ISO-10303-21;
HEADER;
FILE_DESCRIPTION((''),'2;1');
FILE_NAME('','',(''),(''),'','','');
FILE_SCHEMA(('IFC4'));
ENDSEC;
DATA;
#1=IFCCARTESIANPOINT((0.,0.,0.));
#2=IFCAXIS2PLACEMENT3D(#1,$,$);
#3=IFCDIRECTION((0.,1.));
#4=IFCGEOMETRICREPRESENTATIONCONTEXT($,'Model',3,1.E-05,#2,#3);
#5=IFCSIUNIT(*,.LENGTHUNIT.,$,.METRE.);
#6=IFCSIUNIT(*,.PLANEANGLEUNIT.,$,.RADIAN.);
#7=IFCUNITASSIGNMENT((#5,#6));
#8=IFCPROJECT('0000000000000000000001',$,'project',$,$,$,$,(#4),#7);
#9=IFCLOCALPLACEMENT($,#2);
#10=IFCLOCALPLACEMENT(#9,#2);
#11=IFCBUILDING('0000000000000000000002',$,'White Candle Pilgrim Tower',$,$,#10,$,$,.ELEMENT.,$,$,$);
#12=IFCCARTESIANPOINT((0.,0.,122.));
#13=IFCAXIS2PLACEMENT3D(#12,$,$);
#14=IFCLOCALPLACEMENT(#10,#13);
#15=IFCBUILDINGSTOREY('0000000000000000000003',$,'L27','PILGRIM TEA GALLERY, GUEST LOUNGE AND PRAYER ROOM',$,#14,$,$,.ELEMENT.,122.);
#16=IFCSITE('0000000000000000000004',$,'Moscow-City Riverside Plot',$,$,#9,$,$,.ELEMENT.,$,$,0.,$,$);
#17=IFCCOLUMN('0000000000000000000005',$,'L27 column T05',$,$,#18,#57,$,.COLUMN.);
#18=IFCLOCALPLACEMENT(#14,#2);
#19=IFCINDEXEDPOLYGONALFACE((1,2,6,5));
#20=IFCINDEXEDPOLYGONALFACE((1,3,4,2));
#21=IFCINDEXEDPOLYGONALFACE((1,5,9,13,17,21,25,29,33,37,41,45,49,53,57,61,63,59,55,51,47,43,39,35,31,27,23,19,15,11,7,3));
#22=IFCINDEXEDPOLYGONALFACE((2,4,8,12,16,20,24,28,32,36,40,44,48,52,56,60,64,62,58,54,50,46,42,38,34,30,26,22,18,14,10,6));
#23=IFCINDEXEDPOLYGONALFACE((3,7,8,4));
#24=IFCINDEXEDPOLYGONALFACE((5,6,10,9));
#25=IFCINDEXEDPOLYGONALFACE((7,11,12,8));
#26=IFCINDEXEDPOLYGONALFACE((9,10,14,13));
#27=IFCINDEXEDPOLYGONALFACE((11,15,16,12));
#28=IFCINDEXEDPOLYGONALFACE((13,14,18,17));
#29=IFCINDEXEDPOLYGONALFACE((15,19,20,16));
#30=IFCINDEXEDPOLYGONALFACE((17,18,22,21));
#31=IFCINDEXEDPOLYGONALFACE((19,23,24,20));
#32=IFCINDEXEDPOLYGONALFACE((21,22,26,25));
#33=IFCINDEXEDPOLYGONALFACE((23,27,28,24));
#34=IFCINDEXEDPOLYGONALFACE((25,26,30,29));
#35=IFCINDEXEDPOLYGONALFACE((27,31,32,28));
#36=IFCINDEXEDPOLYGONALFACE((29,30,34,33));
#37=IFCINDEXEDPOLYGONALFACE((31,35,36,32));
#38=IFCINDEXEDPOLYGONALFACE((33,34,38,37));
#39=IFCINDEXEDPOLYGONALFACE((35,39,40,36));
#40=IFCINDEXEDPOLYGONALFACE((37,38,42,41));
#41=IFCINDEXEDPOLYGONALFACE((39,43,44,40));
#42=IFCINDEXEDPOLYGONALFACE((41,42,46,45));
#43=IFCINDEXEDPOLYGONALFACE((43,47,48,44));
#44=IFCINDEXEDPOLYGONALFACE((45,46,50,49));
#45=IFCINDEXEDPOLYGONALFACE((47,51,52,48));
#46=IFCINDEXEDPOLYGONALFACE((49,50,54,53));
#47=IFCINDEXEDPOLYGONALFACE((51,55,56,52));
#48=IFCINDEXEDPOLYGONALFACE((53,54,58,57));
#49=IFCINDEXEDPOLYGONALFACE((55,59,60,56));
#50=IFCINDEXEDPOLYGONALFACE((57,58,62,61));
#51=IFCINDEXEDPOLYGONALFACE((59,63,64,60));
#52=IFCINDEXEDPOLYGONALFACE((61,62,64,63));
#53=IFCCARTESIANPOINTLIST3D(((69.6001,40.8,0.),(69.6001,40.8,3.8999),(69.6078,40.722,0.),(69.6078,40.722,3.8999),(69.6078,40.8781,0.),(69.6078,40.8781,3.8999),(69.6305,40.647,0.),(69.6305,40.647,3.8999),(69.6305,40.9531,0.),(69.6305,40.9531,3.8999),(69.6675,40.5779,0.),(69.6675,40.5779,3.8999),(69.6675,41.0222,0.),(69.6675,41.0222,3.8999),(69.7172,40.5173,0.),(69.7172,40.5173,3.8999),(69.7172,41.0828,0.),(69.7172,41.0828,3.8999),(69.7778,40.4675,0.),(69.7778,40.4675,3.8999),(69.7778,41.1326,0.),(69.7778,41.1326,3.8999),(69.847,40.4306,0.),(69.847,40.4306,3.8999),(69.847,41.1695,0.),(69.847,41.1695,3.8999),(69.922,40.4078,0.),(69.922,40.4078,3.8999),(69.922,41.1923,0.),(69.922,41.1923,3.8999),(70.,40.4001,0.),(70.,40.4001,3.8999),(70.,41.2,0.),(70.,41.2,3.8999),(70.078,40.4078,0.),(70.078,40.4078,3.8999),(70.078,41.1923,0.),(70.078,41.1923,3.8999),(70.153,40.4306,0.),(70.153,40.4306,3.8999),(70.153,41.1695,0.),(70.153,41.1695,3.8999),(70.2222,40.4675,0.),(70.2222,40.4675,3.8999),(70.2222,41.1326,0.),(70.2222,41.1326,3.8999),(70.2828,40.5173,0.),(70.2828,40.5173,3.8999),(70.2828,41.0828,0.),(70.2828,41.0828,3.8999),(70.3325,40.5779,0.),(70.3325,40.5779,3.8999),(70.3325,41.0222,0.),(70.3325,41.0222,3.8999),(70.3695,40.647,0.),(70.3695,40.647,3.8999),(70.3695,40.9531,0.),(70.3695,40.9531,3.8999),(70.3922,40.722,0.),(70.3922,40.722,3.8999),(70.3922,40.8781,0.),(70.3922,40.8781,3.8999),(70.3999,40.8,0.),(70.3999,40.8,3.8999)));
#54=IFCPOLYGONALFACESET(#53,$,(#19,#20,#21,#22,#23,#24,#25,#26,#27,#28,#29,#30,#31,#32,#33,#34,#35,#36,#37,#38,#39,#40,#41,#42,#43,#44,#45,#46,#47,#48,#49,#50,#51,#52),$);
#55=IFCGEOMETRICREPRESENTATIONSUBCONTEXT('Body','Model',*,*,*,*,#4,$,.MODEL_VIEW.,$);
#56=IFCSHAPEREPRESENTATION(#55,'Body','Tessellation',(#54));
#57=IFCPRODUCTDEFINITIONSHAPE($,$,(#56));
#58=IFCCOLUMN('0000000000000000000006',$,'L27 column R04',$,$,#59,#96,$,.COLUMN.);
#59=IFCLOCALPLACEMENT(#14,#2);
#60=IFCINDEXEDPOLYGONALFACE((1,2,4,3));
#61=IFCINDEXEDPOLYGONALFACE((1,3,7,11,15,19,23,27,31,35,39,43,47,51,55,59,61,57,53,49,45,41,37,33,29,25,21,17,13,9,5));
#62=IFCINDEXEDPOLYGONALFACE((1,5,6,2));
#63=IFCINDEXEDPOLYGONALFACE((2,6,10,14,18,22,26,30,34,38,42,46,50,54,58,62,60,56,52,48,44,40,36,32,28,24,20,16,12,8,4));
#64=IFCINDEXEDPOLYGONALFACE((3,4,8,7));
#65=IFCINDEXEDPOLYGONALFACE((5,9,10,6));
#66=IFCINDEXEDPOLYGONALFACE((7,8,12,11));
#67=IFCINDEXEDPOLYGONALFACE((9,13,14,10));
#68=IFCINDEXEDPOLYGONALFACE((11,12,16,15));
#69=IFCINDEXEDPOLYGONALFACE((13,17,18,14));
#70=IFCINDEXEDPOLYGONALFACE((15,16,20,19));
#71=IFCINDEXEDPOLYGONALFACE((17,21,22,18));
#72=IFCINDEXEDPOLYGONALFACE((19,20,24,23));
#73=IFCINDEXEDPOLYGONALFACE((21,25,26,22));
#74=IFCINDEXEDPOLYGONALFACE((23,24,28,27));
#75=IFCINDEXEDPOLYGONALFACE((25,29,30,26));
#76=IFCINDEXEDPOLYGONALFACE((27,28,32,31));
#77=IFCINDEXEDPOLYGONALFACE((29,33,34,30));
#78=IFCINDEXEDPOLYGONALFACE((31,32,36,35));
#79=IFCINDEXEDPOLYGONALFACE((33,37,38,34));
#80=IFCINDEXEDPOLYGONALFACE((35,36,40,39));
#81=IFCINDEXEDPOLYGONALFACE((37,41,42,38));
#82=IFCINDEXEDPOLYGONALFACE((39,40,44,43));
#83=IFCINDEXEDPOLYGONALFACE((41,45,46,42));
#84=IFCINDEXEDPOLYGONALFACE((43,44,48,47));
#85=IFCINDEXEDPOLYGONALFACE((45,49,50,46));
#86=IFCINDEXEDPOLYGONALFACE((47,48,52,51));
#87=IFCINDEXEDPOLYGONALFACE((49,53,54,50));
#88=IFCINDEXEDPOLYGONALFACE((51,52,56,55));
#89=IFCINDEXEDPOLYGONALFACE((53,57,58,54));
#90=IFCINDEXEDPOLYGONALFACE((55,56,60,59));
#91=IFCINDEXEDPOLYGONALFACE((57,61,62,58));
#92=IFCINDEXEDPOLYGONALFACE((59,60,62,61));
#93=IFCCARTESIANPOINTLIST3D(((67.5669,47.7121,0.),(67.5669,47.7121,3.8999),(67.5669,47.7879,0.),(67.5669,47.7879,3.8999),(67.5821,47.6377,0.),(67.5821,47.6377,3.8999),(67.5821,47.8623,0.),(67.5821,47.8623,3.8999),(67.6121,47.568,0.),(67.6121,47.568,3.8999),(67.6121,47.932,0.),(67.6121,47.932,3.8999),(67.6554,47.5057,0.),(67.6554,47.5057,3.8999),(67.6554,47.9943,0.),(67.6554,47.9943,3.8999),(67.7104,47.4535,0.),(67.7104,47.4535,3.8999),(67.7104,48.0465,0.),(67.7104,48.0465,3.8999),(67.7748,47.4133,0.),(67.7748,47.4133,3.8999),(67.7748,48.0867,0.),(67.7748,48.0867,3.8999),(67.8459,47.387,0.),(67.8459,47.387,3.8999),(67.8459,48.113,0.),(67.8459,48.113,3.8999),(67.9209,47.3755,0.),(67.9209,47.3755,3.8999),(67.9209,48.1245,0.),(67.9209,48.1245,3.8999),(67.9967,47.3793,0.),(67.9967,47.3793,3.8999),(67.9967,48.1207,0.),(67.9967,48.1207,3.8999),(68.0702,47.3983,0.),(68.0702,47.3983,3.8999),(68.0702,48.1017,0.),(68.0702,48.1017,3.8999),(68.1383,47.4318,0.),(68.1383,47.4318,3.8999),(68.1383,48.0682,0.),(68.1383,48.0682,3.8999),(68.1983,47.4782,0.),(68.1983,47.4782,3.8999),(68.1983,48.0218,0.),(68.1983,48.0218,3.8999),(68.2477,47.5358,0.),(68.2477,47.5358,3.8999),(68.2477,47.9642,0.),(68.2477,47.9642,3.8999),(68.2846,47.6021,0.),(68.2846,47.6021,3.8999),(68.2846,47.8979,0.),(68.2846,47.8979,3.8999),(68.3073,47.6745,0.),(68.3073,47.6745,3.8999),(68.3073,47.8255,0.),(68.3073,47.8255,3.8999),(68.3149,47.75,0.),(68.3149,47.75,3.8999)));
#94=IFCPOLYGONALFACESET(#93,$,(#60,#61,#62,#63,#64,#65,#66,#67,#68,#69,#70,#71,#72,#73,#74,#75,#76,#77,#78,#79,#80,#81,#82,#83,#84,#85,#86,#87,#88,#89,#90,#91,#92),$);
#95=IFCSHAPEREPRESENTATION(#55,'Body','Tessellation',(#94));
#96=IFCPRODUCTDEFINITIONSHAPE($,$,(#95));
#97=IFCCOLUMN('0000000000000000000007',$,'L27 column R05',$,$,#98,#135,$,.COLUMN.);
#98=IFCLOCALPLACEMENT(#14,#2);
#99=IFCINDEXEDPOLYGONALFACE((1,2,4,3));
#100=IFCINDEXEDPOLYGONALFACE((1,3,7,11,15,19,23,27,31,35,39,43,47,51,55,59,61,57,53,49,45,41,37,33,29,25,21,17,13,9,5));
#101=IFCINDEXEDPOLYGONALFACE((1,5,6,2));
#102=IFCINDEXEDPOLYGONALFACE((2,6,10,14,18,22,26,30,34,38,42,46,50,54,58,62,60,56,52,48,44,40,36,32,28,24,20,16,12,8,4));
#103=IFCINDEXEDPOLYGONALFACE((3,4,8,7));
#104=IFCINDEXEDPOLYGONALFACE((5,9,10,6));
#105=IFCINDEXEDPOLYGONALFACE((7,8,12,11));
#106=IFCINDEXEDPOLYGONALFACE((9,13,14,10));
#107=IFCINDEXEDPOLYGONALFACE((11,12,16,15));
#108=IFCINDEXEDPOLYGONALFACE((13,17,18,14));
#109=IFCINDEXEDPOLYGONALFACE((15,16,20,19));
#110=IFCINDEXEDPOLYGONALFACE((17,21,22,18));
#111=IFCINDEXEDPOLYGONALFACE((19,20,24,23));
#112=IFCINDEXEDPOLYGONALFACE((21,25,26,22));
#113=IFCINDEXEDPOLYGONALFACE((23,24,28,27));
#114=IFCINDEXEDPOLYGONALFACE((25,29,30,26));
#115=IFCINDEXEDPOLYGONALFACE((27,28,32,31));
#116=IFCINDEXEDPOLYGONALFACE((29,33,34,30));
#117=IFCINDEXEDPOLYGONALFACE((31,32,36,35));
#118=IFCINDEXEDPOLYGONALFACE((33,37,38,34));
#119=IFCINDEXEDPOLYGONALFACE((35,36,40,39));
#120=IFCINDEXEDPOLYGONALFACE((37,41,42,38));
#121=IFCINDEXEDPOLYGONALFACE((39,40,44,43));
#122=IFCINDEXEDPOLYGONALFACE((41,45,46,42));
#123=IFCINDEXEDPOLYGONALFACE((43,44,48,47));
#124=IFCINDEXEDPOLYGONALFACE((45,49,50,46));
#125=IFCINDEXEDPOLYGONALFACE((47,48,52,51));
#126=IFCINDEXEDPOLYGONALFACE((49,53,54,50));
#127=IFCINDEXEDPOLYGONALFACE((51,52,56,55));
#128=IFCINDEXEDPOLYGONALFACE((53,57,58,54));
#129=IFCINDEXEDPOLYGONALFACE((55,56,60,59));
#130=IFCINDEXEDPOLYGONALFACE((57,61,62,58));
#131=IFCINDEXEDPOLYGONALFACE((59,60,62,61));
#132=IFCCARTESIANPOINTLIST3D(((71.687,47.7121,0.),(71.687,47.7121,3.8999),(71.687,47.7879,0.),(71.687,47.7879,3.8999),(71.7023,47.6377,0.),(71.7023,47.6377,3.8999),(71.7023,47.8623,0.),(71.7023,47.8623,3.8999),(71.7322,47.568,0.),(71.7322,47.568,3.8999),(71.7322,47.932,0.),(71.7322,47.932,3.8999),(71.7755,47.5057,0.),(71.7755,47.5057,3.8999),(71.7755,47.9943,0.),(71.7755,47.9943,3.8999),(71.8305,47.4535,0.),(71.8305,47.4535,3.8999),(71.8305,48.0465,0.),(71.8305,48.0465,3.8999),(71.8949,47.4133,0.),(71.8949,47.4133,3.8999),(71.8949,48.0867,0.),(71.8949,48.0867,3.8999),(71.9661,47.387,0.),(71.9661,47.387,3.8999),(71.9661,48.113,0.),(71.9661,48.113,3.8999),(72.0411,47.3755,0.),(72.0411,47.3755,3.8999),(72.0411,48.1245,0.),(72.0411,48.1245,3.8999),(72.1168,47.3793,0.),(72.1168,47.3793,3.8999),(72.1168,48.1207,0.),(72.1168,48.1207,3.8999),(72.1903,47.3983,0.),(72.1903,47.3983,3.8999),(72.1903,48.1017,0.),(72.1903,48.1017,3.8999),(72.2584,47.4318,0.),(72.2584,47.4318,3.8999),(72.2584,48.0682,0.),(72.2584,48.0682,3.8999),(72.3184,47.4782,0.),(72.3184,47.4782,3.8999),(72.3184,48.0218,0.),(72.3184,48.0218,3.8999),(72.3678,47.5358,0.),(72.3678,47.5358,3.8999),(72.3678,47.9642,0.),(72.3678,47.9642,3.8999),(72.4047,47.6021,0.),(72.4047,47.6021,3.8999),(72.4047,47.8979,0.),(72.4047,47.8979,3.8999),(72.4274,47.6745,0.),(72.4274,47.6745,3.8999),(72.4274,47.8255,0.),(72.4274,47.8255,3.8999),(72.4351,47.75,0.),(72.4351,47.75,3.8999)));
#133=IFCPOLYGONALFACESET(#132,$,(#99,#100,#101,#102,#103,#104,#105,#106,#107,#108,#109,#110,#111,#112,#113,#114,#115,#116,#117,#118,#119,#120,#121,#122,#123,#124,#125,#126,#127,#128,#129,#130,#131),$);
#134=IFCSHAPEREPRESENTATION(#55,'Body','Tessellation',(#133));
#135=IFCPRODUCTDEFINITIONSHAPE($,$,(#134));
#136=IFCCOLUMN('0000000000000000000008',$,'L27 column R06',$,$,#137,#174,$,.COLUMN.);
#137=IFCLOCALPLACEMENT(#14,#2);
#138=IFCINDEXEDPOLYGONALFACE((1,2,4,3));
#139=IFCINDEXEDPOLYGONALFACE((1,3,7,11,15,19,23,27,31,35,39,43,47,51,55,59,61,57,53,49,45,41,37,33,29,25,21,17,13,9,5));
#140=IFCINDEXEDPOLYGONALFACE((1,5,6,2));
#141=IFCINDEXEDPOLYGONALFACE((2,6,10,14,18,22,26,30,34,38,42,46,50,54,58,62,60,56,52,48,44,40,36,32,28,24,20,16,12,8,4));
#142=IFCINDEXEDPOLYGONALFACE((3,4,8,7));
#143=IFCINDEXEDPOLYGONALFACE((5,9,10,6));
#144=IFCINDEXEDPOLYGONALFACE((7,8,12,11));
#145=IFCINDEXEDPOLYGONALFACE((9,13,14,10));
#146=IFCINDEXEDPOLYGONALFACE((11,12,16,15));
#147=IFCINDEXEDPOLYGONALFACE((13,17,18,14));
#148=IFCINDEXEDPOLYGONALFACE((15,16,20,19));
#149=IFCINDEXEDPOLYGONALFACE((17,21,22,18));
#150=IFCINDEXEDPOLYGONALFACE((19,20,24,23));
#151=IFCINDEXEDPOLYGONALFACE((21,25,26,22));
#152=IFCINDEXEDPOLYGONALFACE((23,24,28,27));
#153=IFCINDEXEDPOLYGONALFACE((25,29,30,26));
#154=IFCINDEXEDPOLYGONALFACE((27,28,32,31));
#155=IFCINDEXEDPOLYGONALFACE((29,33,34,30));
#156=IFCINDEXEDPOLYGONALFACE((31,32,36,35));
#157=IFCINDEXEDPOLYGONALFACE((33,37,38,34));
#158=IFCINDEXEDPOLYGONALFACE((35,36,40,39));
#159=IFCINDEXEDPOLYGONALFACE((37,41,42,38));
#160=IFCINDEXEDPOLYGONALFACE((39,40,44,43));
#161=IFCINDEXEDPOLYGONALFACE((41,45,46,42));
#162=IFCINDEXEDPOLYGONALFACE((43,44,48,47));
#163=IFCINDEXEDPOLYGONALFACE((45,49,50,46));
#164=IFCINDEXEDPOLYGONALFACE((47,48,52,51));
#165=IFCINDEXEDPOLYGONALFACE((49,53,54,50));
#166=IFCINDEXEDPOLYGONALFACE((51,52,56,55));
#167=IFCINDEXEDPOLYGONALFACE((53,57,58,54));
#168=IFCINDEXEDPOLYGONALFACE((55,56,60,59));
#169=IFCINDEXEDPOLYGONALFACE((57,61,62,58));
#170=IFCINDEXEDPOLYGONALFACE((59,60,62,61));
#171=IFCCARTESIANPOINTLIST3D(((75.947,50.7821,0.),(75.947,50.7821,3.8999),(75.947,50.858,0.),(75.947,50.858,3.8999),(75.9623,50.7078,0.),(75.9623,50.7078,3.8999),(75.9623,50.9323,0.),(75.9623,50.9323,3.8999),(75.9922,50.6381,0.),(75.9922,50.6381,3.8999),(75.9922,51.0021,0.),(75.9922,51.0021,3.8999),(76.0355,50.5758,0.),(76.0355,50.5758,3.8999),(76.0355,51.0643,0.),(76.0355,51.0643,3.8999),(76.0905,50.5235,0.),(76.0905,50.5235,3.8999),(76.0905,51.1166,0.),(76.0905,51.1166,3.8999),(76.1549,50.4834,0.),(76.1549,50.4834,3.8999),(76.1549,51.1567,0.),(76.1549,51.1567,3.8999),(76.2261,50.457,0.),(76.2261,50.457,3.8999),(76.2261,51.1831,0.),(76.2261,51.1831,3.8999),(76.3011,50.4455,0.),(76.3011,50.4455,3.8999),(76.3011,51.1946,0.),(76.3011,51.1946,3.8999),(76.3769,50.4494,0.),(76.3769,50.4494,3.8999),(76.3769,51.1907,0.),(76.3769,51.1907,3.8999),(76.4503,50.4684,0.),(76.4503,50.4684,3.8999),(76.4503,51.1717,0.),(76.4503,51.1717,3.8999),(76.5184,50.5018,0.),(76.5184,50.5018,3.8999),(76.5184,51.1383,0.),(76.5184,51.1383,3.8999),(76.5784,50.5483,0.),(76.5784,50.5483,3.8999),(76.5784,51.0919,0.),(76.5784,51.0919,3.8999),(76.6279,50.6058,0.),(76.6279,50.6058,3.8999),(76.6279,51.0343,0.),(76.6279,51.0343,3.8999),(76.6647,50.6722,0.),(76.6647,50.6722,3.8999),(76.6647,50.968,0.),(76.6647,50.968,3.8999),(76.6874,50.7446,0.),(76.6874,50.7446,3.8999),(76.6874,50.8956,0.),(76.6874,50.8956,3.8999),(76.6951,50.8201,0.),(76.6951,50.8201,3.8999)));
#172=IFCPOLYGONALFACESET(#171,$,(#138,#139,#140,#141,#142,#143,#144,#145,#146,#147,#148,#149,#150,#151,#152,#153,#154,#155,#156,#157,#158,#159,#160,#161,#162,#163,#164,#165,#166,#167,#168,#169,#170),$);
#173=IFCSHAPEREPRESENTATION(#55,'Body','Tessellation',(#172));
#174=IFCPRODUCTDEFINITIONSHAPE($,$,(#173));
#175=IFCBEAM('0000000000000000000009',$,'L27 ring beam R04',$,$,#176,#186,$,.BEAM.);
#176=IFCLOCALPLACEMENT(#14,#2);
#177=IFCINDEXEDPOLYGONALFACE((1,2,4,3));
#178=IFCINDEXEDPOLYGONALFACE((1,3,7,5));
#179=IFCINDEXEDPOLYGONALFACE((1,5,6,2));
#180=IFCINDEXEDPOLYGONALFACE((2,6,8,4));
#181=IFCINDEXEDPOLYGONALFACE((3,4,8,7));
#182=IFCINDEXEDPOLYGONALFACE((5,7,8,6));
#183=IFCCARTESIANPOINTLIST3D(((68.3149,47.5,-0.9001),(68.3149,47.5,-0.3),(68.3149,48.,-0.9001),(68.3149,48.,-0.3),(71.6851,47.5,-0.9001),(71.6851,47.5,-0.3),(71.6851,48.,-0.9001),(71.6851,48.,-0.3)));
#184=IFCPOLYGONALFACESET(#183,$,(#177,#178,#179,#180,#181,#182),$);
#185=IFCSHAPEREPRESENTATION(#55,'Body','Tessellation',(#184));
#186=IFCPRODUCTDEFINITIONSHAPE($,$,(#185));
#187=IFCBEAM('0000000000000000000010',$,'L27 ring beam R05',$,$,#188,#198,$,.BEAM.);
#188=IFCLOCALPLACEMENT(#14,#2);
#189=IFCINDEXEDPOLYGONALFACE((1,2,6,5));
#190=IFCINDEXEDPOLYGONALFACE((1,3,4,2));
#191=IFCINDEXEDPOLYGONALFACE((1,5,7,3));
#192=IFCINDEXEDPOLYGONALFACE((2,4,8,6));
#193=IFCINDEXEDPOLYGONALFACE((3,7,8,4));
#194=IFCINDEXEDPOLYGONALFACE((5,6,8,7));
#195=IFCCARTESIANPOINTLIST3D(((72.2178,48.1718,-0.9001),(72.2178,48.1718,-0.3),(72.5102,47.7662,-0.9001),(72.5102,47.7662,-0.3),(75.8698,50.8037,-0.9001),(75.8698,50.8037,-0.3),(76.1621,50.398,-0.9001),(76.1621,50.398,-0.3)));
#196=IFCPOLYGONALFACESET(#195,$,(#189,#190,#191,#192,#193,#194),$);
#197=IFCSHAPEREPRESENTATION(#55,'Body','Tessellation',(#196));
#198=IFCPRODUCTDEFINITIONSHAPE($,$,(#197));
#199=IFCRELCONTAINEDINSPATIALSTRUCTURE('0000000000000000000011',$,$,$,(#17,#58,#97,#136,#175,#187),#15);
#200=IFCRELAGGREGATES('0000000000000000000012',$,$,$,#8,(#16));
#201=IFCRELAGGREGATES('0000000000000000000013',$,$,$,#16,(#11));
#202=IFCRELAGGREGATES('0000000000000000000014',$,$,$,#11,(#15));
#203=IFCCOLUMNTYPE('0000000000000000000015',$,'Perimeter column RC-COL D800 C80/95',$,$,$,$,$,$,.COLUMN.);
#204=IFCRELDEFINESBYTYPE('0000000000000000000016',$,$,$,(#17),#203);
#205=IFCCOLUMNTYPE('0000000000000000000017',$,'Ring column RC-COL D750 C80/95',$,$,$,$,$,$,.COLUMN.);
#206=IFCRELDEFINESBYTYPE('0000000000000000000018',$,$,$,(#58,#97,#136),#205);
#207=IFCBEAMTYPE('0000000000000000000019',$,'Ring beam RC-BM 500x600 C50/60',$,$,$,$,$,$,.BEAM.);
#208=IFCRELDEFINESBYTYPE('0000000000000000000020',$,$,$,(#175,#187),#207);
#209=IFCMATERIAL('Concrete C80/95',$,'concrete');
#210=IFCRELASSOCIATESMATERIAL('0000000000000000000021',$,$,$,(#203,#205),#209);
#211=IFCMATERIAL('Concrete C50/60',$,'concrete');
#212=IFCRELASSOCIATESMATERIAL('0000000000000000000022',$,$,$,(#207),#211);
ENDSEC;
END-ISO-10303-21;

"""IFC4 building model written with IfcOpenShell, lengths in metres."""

from ifc_helpers import new_model, si_unit, direction, frame, origin, origin_2d, place, context, subcontext, project, spatial, rectangle, circle, extrude, material, material_profile, profile_set, type_object, element, save


model = new_model("IFC4")

# Units and contexts
model_context = context("Model", 3, precision=1e-05, world=origin(), true_north=direction((0.0, 1.0)))
body_context = subcontext(model_context, "Body", "Model", "MODEL_VIEW")
ifc_project = project(units=[si_unit("LENGTHUNIT", "METRE"), si_unit("PLANEANGLEUNIT", "RADIAN")], contexts=[model_context])

# Site, building, storey
site_placement = place(None, origin())
site = spatial("IfcSite", under=ifc_project, at=site_placement, Name="Moscow-City Riverside Plot", CompositionType="ELEMENT", RefElevation=0.0)
building_placement = place(site_placement, origin())
building = spatial("IfcBuilding", under=site, at=building_placement, Name="White Candle Pilgrim Tower", CompositionType="ELEMENT")
storey_placement = place(building_placement, frame((0.0, 0.0, 122.0)))
storey = spatial("IfcBuildingStorey", under=building, at=storey_placement, Name="L27", Description="PILGRIM TEA GALLERY, GUEST LOUNGE AND PRAYER ROOM", CompositionType="ELEMENT", Elevation=122.0)

# Columns
ifc_material_1 = material(Name="Concrete C80/95", Category="concrete")
ifc_material_profile_1 = material_profile(ifc_material_1, circle(Radius=0.3999, at=origin_2d()), Name="RC-COL D800")
ifc_profile_set_1 = profile_set([ifc_material_profile_1], Name="Concrete C80/95")
column_type_1 = type_object("IfcColumnType", Name="Perimeter column RC-COL D800 C80/95", PredefinedType="COLUMN", material=ifc_profile_set_1)
column_placement = place(storey_placement, frame((70.0, 40.8, 0.0), z_axis=(0.0, 0.0, 1.0), x_axis=(1.0, 0.0, 0.0)))
element("IfcColumn", 1, at=column_placement, inside=storey, type_object=column_type_1, Name="L27 column T05", PredefinedType="COLUMN", context=body_context, shape_type="SweptSolid", body=[
    extrude(circle(Radius=0.3999, at=origin_2d()), origin(), (0.0, 0.0, 1.0), 3.8999),
])
ifc_material_profile_2 = material_profile(ifc_material_1, circle(Radius=0.375, at=origin_2d()), Name="RC-COL D750")
ifc_profile_set_2 = profile_set([ifc_material_profile_2], Name="Concrete C80/95")
column_type_2 = type_object("IfcColumnType", Name="Ring column RC-COL D750 C80/95", PredefinedType="COLUMN", material=ifc_profile_set_2)
for number, where, z_axis, x_axis, name in (
    (2, (67.9399, 47.75, 0.0), (0.0, 0.0, 1.0), (1.0, 0.0, 0.0), "L27 column R04"),
    (3, (72.0601, 47.75, 0.0), (0.0, 0.0, 1.0), (1.0, 0.0, 0.0), "L27 column R05"),
    (4, (76.3201, 50.8201, 0.0), (0.0, 0.0, 1.0), (1.0, 0.0, 0.0), "L27 column R06"),
):
    element("IfcColumn", number, at=place(storey_placement, frame(where, z_axis=z_axis, x_axis=x_axis)), inside=storey, type_object=column_type_2, Name=name, PredefinedType="COLUMN", context=body_context, shape_type="SweptSolid", body=[
        extrude(circle(Radius=0.375, at=origin_2d()), origin(), (0.0, 0.0, 1.0), 3.8999),
    ])

# Beams
ifc_material_2 = material(Name="Concrete C50/60", Category="concrete")
ifc_material_profile_3 = material_profile(ifc_material_2, rectangle(XDim=0.5, YDim=0.6001, at=origin_2d()), Name="RC-BM 500x600")
ifc_profile_set_3 = profile_set([ifc_material_profile_3], Name="Concrete C50/60")
beam_type = type_object("IfcBeamType", Name="Ring beam RC-BM 500x600 C50/60", PredefinedType="BEAM", material=ifc_profile_set_3)
beam_1_placement = place(storey_placement, frame((68.3149, 47.75, -0.6001), z_axis=(1.0, 0.0, 0.0), x_axis=(0.0, 1.0, 0.0)))
element("IfcBeam", 5, at=beam_1_placement, inside=storey, type_object=beam_type, Name="L27 ring beam R04", PredefinedType="BEAM", context=body_context, shape_type="SweptSolid", body=[
    extrude(rectangle(XDim=0.5, YDim=0.6001, at=origin_2d()), origin(), (0.0, 0.0, 1.0), 3.3701),
])
beam_2_placement = place(storey_placement, frame((72.364, 47.969, -0.6001), z_axis=(0.811271, 0.58467, 0.0), x_axis=(-0.58467, 0.811271, 0.0)))
element("IfcBeam", 6, at=beam_2_placement, inside=storey, type_object=beam_type, Name="L27 ring beam R05", PredefinedType="BEAM", context=body_context, shape_type="SweptSolid", body=[
    extrude(rectangle(XDim=0.5, YDim=0.6001, at=origin_2d()), origin(), (0.0, 0.0, 1.0), 4.5015),
])

save(model, "model.ifc")
